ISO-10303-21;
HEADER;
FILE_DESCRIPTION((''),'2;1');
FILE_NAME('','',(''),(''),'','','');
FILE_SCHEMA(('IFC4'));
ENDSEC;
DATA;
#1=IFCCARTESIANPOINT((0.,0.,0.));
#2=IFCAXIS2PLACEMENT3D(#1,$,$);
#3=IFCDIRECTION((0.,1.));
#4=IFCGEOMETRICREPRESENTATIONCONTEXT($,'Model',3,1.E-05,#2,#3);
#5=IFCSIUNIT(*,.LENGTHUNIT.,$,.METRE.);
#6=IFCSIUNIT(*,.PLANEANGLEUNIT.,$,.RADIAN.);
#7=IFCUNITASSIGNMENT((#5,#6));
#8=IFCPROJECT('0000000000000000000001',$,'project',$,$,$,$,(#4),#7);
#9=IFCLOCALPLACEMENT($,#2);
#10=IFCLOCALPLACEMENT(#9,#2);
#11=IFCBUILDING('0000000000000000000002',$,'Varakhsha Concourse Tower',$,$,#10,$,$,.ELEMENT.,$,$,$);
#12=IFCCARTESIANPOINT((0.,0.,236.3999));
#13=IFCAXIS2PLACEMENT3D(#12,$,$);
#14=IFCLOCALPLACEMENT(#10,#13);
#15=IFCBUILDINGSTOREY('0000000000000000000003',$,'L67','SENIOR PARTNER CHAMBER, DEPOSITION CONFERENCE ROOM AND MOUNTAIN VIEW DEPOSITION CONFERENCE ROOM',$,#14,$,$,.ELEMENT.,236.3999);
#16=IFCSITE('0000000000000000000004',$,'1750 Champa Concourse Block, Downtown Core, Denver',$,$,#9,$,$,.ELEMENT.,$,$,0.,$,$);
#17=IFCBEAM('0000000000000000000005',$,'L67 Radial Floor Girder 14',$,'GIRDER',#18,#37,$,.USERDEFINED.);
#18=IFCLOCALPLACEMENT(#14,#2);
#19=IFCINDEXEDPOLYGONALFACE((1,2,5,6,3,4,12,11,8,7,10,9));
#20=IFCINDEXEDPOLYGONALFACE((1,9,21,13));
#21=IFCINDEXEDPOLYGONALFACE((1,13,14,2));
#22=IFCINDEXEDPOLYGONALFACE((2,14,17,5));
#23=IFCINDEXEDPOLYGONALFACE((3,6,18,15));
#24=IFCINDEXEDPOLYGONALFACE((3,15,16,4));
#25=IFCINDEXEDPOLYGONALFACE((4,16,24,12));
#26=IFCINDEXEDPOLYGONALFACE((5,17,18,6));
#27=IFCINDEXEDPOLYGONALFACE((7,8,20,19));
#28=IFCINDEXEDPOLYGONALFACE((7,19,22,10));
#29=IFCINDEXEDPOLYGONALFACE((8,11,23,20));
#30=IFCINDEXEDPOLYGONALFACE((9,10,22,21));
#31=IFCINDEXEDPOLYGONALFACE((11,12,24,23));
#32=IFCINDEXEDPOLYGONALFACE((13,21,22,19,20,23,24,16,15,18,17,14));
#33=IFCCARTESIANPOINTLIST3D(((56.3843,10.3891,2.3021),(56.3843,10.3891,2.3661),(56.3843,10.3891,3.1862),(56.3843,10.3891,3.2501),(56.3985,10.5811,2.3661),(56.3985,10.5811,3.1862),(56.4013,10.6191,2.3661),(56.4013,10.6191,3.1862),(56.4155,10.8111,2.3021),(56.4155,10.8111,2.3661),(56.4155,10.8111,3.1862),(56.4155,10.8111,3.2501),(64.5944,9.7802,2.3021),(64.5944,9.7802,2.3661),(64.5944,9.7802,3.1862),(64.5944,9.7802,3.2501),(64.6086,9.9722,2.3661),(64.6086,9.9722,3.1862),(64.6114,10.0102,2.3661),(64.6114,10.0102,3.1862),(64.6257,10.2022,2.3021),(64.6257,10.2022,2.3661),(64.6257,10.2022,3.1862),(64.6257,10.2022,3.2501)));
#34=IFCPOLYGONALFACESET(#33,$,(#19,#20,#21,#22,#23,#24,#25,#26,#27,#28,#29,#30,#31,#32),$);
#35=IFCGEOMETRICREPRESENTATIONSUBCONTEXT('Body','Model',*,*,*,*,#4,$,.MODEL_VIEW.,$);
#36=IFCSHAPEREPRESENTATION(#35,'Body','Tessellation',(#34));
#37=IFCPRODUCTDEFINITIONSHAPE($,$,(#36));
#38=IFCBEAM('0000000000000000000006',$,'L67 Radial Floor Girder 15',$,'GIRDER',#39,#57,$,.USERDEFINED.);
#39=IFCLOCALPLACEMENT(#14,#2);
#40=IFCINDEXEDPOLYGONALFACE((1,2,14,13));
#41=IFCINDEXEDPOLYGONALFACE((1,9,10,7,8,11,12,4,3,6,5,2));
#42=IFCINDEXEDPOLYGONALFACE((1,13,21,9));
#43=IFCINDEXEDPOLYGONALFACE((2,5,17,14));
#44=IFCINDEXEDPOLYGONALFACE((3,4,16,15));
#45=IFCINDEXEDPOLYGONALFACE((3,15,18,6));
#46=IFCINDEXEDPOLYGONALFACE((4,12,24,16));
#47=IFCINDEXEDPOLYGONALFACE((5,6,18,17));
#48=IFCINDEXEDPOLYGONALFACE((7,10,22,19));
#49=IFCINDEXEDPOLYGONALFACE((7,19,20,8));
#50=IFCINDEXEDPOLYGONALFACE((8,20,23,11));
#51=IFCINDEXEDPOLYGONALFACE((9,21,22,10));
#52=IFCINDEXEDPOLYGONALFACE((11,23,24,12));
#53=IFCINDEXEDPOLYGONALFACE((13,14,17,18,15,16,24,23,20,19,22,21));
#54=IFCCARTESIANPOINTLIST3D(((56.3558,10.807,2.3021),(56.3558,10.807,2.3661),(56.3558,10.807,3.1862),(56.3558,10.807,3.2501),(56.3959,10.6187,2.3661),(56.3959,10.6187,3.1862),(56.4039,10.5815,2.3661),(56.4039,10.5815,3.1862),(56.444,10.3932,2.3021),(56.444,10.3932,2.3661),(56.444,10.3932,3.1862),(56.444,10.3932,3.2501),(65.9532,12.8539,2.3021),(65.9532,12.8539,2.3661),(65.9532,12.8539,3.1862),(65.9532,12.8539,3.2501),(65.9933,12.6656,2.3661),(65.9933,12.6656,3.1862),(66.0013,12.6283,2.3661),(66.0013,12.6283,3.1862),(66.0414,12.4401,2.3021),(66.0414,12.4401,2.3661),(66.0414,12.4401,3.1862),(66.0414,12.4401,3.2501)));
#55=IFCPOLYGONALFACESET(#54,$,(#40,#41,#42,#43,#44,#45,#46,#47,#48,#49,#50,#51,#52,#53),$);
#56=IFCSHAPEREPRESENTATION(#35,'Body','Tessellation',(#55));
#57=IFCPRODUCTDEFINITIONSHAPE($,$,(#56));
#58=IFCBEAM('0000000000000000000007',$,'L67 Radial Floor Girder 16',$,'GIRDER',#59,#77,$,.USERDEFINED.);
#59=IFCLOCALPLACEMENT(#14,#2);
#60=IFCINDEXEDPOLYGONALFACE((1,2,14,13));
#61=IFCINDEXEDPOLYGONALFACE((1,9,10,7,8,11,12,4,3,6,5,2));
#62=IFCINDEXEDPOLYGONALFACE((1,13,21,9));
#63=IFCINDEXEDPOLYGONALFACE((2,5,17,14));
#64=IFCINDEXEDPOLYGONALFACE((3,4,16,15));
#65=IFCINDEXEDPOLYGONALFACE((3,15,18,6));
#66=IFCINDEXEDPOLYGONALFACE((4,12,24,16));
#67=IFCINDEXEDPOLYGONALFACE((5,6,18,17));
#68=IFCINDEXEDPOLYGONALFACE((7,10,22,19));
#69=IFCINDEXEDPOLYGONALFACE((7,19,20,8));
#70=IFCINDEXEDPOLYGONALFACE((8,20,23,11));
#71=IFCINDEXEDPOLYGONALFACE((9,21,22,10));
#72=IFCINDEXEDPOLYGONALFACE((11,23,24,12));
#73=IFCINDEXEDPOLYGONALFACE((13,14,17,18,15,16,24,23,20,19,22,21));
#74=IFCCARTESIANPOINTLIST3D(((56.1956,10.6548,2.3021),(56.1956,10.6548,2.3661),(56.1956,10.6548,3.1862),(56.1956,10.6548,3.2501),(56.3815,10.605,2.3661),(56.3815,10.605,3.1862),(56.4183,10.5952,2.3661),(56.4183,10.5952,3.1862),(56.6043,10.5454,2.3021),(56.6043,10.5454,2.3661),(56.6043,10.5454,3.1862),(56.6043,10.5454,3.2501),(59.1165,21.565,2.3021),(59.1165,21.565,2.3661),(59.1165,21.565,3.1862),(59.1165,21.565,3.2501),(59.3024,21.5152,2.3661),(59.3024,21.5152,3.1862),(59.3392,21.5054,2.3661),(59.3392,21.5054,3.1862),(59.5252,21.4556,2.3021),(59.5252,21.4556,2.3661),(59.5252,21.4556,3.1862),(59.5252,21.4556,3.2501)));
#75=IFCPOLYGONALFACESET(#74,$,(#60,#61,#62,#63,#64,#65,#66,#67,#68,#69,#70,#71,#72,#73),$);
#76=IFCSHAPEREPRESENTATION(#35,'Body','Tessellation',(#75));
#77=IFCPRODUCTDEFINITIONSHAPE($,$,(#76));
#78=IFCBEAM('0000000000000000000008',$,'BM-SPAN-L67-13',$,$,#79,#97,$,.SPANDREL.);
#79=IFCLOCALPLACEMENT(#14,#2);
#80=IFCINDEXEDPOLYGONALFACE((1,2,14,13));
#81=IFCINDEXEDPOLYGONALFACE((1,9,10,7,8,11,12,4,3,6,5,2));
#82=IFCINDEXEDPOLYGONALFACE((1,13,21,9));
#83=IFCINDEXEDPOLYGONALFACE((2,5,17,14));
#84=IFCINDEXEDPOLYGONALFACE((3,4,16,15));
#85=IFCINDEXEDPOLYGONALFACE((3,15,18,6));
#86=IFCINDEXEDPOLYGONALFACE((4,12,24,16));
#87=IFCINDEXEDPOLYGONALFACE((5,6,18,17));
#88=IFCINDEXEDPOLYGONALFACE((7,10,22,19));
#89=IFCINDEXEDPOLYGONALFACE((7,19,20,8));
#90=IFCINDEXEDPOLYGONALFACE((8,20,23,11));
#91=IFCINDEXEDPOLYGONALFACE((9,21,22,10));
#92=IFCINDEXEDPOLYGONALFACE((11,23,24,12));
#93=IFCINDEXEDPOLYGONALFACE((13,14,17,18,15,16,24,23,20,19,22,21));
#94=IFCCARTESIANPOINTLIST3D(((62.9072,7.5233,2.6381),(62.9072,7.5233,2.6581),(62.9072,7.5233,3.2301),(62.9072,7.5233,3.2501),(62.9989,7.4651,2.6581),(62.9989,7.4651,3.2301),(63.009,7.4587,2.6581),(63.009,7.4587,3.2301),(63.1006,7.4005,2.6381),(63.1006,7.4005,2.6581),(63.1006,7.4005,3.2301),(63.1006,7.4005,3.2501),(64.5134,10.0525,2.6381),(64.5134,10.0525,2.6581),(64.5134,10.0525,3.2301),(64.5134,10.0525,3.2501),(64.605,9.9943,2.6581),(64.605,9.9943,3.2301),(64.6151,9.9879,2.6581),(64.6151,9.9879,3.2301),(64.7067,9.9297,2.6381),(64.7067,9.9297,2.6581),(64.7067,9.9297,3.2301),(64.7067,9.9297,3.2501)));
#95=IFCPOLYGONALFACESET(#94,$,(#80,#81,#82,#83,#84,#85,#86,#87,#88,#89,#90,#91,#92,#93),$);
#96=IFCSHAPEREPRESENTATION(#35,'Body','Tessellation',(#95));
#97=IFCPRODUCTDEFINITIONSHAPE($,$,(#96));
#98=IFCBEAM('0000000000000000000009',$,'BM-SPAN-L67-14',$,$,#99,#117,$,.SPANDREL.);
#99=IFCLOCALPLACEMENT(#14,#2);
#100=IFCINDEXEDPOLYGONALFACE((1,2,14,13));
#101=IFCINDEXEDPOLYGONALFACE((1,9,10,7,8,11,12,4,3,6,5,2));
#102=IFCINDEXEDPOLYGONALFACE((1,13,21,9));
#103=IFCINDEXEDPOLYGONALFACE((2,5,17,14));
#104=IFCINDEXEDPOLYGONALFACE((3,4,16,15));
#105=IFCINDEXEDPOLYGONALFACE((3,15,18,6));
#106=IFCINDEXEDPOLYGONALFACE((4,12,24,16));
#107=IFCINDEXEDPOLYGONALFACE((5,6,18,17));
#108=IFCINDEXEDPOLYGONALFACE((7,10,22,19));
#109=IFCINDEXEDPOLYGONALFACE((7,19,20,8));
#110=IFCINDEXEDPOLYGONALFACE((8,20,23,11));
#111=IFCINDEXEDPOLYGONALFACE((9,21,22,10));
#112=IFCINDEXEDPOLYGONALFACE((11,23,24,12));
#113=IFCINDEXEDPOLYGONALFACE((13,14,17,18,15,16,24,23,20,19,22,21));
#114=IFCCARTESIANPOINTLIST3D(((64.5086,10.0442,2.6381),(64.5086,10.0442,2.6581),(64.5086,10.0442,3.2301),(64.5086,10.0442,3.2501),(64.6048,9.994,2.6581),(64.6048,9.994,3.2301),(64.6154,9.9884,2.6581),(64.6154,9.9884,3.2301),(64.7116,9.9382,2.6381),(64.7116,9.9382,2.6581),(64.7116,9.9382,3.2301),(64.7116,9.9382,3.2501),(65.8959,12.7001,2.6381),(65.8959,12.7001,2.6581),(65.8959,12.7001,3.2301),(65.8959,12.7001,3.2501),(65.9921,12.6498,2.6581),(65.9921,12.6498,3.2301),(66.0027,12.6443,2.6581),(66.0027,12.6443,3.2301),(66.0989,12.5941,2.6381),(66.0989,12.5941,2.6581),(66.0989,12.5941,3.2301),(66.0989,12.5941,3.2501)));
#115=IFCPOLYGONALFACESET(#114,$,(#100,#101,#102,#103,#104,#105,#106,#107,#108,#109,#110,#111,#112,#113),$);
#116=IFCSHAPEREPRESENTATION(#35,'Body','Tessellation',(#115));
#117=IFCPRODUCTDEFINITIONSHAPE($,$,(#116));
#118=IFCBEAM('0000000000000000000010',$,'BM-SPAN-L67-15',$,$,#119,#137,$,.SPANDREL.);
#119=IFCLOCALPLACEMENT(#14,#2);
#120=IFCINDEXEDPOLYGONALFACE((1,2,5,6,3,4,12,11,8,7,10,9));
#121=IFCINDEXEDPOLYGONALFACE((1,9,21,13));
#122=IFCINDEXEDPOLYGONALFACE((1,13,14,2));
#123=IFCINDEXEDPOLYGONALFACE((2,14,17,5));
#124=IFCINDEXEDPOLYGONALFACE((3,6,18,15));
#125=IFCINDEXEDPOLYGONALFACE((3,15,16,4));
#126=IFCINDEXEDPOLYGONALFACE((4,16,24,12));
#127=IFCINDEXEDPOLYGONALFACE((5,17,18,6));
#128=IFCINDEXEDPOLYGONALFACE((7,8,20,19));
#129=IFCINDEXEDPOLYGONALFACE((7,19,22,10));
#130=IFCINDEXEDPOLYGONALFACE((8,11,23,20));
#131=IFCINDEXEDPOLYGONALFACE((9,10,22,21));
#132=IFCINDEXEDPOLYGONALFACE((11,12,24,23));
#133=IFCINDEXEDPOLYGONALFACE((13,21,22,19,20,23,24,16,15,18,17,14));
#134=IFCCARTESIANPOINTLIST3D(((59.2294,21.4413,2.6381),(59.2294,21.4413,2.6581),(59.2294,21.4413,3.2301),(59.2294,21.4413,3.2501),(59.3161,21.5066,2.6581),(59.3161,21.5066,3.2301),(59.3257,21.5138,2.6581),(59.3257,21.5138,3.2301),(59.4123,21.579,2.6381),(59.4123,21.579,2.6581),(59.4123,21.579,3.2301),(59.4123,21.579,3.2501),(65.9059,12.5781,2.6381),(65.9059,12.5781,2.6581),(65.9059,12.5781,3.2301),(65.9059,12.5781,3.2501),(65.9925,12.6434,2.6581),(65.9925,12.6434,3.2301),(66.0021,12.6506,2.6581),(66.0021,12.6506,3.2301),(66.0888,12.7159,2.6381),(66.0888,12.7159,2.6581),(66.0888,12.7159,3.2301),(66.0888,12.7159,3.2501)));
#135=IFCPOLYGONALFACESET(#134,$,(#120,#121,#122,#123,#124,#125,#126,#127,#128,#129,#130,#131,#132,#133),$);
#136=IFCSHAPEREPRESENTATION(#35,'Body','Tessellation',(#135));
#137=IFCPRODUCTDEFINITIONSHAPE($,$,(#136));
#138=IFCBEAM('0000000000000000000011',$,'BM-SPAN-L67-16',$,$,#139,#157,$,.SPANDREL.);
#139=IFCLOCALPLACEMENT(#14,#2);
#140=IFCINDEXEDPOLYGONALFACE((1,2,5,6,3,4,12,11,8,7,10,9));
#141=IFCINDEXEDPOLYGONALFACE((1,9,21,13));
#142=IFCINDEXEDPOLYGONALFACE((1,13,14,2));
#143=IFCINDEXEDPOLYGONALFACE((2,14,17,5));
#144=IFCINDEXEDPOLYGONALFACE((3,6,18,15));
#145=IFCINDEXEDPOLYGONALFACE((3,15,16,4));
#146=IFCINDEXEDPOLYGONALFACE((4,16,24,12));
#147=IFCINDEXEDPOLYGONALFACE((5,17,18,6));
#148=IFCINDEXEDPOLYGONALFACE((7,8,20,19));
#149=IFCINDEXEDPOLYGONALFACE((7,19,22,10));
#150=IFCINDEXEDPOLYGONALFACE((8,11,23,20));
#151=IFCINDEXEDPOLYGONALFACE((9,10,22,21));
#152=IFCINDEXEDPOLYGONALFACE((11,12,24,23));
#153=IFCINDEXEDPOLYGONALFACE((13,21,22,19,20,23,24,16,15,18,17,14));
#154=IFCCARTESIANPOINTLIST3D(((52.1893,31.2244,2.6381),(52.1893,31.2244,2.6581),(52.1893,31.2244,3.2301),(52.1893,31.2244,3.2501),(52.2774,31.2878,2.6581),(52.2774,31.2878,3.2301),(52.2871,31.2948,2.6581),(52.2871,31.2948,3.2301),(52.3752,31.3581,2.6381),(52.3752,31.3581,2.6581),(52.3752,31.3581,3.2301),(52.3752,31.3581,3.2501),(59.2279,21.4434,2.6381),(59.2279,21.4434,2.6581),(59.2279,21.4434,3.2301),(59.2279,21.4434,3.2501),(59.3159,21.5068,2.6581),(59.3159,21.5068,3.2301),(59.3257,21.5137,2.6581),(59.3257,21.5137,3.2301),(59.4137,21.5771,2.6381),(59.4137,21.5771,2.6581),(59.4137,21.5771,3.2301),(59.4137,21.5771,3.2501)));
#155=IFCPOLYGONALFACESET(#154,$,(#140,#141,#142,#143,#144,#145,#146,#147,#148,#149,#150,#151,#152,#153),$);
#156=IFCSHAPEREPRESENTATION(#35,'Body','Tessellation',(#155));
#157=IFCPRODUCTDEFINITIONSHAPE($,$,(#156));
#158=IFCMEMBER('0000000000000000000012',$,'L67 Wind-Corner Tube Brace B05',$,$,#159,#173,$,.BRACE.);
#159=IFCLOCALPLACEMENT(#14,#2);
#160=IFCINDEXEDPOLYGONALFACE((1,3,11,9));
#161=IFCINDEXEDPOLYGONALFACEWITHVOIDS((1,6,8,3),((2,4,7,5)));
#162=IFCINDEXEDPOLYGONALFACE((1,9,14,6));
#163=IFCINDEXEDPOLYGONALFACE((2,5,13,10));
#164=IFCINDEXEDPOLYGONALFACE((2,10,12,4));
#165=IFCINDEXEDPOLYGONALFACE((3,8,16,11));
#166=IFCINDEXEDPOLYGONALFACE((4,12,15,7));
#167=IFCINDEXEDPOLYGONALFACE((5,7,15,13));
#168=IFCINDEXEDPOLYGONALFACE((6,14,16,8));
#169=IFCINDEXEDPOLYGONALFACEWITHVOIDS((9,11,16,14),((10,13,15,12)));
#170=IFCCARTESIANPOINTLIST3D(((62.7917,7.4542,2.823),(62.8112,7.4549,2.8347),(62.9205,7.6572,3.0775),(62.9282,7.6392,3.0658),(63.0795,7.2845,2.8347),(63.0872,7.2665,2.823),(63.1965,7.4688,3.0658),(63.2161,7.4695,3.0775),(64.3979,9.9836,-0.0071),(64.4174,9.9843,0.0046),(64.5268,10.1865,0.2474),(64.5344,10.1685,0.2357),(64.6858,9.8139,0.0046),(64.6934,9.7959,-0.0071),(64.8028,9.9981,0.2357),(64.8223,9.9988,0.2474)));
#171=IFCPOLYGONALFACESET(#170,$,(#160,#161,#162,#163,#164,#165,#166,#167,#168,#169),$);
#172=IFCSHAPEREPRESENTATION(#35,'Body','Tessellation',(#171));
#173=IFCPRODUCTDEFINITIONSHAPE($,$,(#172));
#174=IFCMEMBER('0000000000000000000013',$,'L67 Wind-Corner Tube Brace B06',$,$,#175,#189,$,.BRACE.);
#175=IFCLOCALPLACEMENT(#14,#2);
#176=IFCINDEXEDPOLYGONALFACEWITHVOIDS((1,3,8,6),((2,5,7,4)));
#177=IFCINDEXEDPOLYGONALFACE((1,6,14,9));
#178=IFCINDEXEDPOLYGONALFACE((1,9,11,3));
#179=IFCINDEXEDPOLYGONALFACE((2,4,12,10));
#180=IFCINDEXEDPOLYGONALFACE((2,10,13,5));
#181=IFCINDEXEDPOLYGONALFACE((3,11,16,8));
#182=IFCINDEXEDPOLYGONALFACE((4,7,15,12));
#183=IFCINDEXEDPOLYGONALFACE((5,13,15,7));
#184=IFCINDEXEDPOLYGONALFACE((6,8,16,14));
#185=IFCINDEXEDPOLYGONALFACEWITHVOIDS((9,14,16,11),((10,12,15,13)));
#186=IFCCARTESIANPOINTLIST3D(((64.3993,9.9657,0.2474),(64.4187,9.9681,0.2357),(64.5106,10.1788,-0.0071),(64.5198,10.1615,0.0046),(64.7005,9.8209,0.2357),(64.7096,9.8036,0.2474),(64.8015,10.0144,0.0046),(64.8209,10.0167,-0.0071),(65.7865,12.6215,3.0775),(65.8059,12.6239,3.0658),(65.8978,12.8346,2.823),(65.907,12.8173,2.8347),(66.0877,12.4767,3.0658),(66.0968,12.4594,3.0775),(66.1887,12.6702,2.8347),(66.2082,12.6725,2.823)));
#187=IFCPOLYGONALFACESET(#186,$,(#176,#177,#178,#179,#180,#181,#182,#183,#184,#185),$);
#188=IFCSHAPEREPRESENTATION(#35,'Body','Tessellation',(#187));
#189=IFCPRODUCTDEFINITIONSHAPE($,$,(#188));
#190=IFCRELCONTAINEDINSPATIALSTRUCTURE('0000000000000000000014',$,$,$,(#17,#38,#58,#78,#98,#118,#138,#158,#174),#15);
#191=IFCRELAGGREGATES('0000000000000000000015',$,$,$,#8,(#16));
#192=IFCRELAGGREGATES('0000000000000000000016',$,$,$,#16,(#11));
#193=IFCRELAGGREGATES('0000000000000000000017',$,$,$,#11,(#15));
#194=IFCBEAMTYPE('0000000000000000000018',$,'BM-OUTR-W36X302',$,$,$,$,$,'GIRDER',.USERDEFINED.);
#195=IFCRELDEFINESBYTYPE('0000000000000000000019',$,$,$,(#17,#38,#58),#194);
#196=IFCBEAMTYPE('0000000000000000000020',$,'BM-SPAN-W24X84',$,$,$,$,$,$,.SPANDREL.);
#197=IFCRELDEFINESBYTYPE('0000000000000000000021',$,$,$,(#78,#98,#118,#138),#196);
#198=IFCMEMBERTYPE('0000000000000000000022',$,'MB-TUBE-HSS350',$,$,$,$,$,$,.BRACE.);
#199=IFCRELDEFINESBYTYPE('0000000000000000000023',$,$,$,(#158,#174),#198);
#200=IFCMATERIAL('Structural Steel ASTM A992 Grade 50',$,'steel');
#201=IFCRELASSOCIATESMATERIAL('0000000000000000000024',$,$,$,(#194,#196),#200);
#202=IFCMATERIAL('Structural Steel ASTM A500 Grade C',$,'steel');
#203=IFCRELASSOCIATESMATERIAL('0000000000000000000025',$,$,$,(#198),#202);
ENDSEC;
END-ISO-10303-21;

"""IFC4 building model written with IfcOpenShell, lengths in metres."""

from ifc_helpers import new_model, si_unit, direction, frame, origin, origin_2d, place, context, subcontext, project, spatial, hollow_rectangle, i_section, extrude, source, transform, mapped, material, material_profile, profile_set, type_object, type_shapes, element, save


model = new_model("IFC4")

# Units and contexts
model_context = context("Model", 3, precision=1e-05, world=origin(), true_north=direction((0.0, 1.0)))
body_context = subcontext(model_context, "Body", "Model", "MODEL_VIEW")
ifc_project = project(units=[si_unit("LENGTHUNIT", "METRE"), si_unit("PLANEANGLEUNIT", "RADIAN")], contexts=[model_context])

# Site, building, storey
site_placement = place(None, origin())
site = spatial("IfcSite", under=ifc_project, at=site_placement, Name="1750 Champa Concourse Block, Downtown Core, Denver", CompositionType="ELEMENT", RefElevation=0.0)
building_placement = place(site_placement, origin())
building = spatial("IfcBuilding", under=site, at=building_placement, Name="Varakhsha Concourse Tower", CompositionType="ELEMENT")
storey_placement = place(building_placement, frame((0.0, 0.0, 236.3999)))
storey = spatial("IfcBuildingStorey", under=building, at=storey_placement, Name="L67", Description="SENIOR PARTNER CHAMBER, DEPOSITION CONFERENCE ROOM AND MOUNTAIN VIEW DEPOSITION CONFERENCE ROOM", CompositionType="ELEMENT", Elevation=236.3999)

# Beams
ifc_material_1 = material(Name="Structural Steel ASTM A992 Grade 50", Category="steel")
ifc_material_profile_1 = material_profile(ifc_material_1, i_section(OverallWidth=0.4231, OverallDepth=0.948, WebThickness=0.0381, FlangeThickness=0.064, at=origin_2d()), Name="W36X302")
ifc_profile_set_1 = profile_set([ifc_material_profile_1], Name="Structural Steel ASTM A992 Grade 50")
beam_type_1 = type_object("IfcBeamType", Name="BM-OUTR-W36X302", ElementType="GIRDER", PredefinedType="USERDEFINED", material=ifc_profile_set_1)
beam_1_placement = place(storey_placement, frame((56.3999, 10.6001, 2.7761), z_axis=(0.997261, -0.073959, 0.0), x_axis=(0.073959, 0.997261, 0.0)))
element("IfcBeam", 1, at=beam_1_placement, inside=storey, type_object=beam_type_1, Name="L67 Radial Floor Girder 14", ObjectType="GIRDER", PredefinedType="USERDEFINED", context=body_context, shape_type="SweptSolid", body=[
    extrude(i_section(OverallWidth=0.4231, OverallDepth=0.948, WebThickness=0.0381, FlangeThickness=0.064, at=origin_2d()), origin(), (0.0, 0.0, 1.0), 8.2327),
])
beam_2_placement = place(storey_placement, frame((56.3999, 10.6001, 2.7761), z_axis=(0.978005, 0.208583, 0.0), x_axis=(-0.208583, 0.978005, 0.0)))
element("IfcBeam", 2, at=beam_2_placement, inside=storey, type_object=beam_type_1, Name="L67 Radial Floor Girder 15", ObjectType="GIRDER", PredefinedType="USERDEFINED", context=body_context, shape_type="SweptSolid", body=[
    extrude(i_section(OverallWidth=0.4231, OverallDepth=0.948, WebThickness=0.0381, FlangeThickness=0.064, at=origin_2d()), origin(), (0.0, 0.0, 1.0), 9.8132),
])
beam_3_placement = place(storey_placement, frame((56.3999, 10.6001, 2.7761), z_axis=(0.258615, 0.96598, 0.0), x_axis=(-0.96598, 0.258615, 0.0)))
element("IfcBeam", 3, at=beam_3_placement, inside=storey, type_object=beam_type_1, Name="L67 Radial Floor Girder 16", ObjectType="GIRDER", PredefinedType="USERDEFINED", context=body_context, shape_type="SweptSolid", body=[
    extrude(i_section(OverallWidth=0.4231, OverallDepth=0.948, WebThickness=0.0381, FlangeThickness=0.064, at=origin_2d()), origin(), (0.0, 0.0, 1.0), 11.2944),
])
ifc_material_profile_2 = material_profile(ifc_material_1, i_section(OverallWidth=0.229, OverallDepth=0.6121, WebThickness=0.012, FlangeThickness=0.02, at=origin_2d()), Name="W24X84")
ifc_profile_set_2 = profile_set([ifc_material_profile_2], Name="Structural Steel ASTM A992 Grade 50")
beam_type_2 = type_object("IfcBeamType", Name="BM-SPAN-W24X84", PredefinedType="SPANDREL", material=ifc_profile_set_2)
beam_4_placement = place(storey_placement, frame((63.0039, 7.4619, 2.9441), z_axis=(0.536079, 0.844168, 0.0), x_axis=(-0.844168, 0.536079, 0.0)))
element("IfcBeam", 4, at=beam_4_placement, inside=storey, type_object=beam_type_2, Name="BM-SPAN-L67-13", PredefinedType="SPANDREL", context=body_context, shape_type="SweptSolid", body=[
    extrude(i_section(OverallWidth=0.229, OverallDepth=0.6121, WebThickness=0.012, FlangeThickness=0.02, at=origin_2d()), origin(), (0.0, 0.0, 1.0), 2.9961),
])
beam_5_placement = place(storey_placement, frame((64.6101, 9.9912, 2.9441), z_axis=(0.462984, 0.886367, 0.0), x_axis=(-0.886367, 0.462984, 0.0)))
element("IfcBeam", 5, at=beam_5_placement, inside=storey, type_object=beam_type_2, Name="BM-SPAN-L67-14", PredefinedType="SPANDREL", context=body_context, shape_type="SweptSolid", body=[
    extrude(i_section(OverallWidth=0.229, OverallDepth=0.6121, WebThickness=0.012, FlangeThickness=0.02, at=origin_2d()), origin(), (0.0, 0.0, 1.0), 2.9963),
])
beam_6_placement = place(storey_placement, frame((65.9973, 12.647, 2.9441), z_axis=(-0.601674, 0.798742, 0.0), x_axis=(-0.798742, -0.601674, 0.0)))
element("IfcBeam", 6, at=beam_6_placement, inside=storey, type_object=beam_type_2, Name="BM-SPAN-L67-15", PredefinedType="SPANDREL", context=body_context, shape_type="SweptSolid", body=[
    extrude(i_section(OverallWidth=0.229, OverallDepth=0.6121, WebThickness=0.012, FlangeThickness=0.02, at=origin_2d()), origin(), (0.0, 0.0, 1.0), 11.0964),
])
beam_7_placement = place(storey_placement, frame((59.3208, 21.5103, 2.9441), z_axis=(-0.5841, 0.811682, 0.0), x_axis=(-0.811682, -0.5841, 0.0)))
element("IfcBeam", 7, at=beam_7_placement, inside=storey, type_object=beam_type_2, Name="BM-SPAN-L67-16", PredefinedType="SPANDREL", context=body_context, shape_type="SweptSolid", body=[
    extrude(i_section(OverallWidth=0.229, OverallDepth=0.6121, WebThickness=0.012, FlangeThickness=0.02, at=origin_2d()), origin(), (0.0, 0.0, 1.0), 12.0503),
])

# Members
ifc_material_2 = material(Name="Structural Steel ASTM A500 Grade C", Category="steel")
ifc_material_profile_3 = material_profile(ifc_material_2, hollow_rectangle(XDim=0.3501, YDim=0.3501, WallThickness=0.0161, at=origin_2d()), Name="HSS 350x350x16")
ifc_profile_set_3 = profile_set([ifc_material_profile_3], Name="Structural Steel ASTM A500 Grade C")
member_type_1 = type_object("IfcMemberType", Name="MB-TUBE-HSS350", PredefinedType="BRACE", material=ifc_profile_set_3)
shared_shape_1 = source(origin(), body_context, "Body", "SweptSolid", [
    extrude(hollow_rectangle(XDim=0.3501, YDim=0.3501, WallThickness=0.0161, at=origin_2d()), origin(), (0.0, 0.0, 1.0), 4.1216),
])
type_shapes(member_type_1, [shared_shape_1])
for number, where, z_axis, x_axis, name in (
    (8, (64.6101, 9.9912, 0.1201), (-0.389715, -0.613687, 0.686666), (0.844168, -0.536079, 0.0), "L67 Wind-Corner Tube Brace B05"),
    (9, (64.6101, 9.9912, 0.1201), (0.336578, 0.644368, 0.686662), (-0.886367, 0.462984, 0.0), "L67 Wind-Corner Tube Brace B06"),
):
    element("IfcMember", number, at=place(storey_placement, frame(where, z_axis=z_axis, x_axis=x_axis)), inside=storey, type_object=member_type_1, Name=name, PredefinedType="BRACE", context=body_context, shape_type="MappedRepresentation", body=[
        mapped(shared_shape_1, transform((0.0, 0.0, 0.0), scale=1.0)),
    ])

save(model, "model.ifc")
